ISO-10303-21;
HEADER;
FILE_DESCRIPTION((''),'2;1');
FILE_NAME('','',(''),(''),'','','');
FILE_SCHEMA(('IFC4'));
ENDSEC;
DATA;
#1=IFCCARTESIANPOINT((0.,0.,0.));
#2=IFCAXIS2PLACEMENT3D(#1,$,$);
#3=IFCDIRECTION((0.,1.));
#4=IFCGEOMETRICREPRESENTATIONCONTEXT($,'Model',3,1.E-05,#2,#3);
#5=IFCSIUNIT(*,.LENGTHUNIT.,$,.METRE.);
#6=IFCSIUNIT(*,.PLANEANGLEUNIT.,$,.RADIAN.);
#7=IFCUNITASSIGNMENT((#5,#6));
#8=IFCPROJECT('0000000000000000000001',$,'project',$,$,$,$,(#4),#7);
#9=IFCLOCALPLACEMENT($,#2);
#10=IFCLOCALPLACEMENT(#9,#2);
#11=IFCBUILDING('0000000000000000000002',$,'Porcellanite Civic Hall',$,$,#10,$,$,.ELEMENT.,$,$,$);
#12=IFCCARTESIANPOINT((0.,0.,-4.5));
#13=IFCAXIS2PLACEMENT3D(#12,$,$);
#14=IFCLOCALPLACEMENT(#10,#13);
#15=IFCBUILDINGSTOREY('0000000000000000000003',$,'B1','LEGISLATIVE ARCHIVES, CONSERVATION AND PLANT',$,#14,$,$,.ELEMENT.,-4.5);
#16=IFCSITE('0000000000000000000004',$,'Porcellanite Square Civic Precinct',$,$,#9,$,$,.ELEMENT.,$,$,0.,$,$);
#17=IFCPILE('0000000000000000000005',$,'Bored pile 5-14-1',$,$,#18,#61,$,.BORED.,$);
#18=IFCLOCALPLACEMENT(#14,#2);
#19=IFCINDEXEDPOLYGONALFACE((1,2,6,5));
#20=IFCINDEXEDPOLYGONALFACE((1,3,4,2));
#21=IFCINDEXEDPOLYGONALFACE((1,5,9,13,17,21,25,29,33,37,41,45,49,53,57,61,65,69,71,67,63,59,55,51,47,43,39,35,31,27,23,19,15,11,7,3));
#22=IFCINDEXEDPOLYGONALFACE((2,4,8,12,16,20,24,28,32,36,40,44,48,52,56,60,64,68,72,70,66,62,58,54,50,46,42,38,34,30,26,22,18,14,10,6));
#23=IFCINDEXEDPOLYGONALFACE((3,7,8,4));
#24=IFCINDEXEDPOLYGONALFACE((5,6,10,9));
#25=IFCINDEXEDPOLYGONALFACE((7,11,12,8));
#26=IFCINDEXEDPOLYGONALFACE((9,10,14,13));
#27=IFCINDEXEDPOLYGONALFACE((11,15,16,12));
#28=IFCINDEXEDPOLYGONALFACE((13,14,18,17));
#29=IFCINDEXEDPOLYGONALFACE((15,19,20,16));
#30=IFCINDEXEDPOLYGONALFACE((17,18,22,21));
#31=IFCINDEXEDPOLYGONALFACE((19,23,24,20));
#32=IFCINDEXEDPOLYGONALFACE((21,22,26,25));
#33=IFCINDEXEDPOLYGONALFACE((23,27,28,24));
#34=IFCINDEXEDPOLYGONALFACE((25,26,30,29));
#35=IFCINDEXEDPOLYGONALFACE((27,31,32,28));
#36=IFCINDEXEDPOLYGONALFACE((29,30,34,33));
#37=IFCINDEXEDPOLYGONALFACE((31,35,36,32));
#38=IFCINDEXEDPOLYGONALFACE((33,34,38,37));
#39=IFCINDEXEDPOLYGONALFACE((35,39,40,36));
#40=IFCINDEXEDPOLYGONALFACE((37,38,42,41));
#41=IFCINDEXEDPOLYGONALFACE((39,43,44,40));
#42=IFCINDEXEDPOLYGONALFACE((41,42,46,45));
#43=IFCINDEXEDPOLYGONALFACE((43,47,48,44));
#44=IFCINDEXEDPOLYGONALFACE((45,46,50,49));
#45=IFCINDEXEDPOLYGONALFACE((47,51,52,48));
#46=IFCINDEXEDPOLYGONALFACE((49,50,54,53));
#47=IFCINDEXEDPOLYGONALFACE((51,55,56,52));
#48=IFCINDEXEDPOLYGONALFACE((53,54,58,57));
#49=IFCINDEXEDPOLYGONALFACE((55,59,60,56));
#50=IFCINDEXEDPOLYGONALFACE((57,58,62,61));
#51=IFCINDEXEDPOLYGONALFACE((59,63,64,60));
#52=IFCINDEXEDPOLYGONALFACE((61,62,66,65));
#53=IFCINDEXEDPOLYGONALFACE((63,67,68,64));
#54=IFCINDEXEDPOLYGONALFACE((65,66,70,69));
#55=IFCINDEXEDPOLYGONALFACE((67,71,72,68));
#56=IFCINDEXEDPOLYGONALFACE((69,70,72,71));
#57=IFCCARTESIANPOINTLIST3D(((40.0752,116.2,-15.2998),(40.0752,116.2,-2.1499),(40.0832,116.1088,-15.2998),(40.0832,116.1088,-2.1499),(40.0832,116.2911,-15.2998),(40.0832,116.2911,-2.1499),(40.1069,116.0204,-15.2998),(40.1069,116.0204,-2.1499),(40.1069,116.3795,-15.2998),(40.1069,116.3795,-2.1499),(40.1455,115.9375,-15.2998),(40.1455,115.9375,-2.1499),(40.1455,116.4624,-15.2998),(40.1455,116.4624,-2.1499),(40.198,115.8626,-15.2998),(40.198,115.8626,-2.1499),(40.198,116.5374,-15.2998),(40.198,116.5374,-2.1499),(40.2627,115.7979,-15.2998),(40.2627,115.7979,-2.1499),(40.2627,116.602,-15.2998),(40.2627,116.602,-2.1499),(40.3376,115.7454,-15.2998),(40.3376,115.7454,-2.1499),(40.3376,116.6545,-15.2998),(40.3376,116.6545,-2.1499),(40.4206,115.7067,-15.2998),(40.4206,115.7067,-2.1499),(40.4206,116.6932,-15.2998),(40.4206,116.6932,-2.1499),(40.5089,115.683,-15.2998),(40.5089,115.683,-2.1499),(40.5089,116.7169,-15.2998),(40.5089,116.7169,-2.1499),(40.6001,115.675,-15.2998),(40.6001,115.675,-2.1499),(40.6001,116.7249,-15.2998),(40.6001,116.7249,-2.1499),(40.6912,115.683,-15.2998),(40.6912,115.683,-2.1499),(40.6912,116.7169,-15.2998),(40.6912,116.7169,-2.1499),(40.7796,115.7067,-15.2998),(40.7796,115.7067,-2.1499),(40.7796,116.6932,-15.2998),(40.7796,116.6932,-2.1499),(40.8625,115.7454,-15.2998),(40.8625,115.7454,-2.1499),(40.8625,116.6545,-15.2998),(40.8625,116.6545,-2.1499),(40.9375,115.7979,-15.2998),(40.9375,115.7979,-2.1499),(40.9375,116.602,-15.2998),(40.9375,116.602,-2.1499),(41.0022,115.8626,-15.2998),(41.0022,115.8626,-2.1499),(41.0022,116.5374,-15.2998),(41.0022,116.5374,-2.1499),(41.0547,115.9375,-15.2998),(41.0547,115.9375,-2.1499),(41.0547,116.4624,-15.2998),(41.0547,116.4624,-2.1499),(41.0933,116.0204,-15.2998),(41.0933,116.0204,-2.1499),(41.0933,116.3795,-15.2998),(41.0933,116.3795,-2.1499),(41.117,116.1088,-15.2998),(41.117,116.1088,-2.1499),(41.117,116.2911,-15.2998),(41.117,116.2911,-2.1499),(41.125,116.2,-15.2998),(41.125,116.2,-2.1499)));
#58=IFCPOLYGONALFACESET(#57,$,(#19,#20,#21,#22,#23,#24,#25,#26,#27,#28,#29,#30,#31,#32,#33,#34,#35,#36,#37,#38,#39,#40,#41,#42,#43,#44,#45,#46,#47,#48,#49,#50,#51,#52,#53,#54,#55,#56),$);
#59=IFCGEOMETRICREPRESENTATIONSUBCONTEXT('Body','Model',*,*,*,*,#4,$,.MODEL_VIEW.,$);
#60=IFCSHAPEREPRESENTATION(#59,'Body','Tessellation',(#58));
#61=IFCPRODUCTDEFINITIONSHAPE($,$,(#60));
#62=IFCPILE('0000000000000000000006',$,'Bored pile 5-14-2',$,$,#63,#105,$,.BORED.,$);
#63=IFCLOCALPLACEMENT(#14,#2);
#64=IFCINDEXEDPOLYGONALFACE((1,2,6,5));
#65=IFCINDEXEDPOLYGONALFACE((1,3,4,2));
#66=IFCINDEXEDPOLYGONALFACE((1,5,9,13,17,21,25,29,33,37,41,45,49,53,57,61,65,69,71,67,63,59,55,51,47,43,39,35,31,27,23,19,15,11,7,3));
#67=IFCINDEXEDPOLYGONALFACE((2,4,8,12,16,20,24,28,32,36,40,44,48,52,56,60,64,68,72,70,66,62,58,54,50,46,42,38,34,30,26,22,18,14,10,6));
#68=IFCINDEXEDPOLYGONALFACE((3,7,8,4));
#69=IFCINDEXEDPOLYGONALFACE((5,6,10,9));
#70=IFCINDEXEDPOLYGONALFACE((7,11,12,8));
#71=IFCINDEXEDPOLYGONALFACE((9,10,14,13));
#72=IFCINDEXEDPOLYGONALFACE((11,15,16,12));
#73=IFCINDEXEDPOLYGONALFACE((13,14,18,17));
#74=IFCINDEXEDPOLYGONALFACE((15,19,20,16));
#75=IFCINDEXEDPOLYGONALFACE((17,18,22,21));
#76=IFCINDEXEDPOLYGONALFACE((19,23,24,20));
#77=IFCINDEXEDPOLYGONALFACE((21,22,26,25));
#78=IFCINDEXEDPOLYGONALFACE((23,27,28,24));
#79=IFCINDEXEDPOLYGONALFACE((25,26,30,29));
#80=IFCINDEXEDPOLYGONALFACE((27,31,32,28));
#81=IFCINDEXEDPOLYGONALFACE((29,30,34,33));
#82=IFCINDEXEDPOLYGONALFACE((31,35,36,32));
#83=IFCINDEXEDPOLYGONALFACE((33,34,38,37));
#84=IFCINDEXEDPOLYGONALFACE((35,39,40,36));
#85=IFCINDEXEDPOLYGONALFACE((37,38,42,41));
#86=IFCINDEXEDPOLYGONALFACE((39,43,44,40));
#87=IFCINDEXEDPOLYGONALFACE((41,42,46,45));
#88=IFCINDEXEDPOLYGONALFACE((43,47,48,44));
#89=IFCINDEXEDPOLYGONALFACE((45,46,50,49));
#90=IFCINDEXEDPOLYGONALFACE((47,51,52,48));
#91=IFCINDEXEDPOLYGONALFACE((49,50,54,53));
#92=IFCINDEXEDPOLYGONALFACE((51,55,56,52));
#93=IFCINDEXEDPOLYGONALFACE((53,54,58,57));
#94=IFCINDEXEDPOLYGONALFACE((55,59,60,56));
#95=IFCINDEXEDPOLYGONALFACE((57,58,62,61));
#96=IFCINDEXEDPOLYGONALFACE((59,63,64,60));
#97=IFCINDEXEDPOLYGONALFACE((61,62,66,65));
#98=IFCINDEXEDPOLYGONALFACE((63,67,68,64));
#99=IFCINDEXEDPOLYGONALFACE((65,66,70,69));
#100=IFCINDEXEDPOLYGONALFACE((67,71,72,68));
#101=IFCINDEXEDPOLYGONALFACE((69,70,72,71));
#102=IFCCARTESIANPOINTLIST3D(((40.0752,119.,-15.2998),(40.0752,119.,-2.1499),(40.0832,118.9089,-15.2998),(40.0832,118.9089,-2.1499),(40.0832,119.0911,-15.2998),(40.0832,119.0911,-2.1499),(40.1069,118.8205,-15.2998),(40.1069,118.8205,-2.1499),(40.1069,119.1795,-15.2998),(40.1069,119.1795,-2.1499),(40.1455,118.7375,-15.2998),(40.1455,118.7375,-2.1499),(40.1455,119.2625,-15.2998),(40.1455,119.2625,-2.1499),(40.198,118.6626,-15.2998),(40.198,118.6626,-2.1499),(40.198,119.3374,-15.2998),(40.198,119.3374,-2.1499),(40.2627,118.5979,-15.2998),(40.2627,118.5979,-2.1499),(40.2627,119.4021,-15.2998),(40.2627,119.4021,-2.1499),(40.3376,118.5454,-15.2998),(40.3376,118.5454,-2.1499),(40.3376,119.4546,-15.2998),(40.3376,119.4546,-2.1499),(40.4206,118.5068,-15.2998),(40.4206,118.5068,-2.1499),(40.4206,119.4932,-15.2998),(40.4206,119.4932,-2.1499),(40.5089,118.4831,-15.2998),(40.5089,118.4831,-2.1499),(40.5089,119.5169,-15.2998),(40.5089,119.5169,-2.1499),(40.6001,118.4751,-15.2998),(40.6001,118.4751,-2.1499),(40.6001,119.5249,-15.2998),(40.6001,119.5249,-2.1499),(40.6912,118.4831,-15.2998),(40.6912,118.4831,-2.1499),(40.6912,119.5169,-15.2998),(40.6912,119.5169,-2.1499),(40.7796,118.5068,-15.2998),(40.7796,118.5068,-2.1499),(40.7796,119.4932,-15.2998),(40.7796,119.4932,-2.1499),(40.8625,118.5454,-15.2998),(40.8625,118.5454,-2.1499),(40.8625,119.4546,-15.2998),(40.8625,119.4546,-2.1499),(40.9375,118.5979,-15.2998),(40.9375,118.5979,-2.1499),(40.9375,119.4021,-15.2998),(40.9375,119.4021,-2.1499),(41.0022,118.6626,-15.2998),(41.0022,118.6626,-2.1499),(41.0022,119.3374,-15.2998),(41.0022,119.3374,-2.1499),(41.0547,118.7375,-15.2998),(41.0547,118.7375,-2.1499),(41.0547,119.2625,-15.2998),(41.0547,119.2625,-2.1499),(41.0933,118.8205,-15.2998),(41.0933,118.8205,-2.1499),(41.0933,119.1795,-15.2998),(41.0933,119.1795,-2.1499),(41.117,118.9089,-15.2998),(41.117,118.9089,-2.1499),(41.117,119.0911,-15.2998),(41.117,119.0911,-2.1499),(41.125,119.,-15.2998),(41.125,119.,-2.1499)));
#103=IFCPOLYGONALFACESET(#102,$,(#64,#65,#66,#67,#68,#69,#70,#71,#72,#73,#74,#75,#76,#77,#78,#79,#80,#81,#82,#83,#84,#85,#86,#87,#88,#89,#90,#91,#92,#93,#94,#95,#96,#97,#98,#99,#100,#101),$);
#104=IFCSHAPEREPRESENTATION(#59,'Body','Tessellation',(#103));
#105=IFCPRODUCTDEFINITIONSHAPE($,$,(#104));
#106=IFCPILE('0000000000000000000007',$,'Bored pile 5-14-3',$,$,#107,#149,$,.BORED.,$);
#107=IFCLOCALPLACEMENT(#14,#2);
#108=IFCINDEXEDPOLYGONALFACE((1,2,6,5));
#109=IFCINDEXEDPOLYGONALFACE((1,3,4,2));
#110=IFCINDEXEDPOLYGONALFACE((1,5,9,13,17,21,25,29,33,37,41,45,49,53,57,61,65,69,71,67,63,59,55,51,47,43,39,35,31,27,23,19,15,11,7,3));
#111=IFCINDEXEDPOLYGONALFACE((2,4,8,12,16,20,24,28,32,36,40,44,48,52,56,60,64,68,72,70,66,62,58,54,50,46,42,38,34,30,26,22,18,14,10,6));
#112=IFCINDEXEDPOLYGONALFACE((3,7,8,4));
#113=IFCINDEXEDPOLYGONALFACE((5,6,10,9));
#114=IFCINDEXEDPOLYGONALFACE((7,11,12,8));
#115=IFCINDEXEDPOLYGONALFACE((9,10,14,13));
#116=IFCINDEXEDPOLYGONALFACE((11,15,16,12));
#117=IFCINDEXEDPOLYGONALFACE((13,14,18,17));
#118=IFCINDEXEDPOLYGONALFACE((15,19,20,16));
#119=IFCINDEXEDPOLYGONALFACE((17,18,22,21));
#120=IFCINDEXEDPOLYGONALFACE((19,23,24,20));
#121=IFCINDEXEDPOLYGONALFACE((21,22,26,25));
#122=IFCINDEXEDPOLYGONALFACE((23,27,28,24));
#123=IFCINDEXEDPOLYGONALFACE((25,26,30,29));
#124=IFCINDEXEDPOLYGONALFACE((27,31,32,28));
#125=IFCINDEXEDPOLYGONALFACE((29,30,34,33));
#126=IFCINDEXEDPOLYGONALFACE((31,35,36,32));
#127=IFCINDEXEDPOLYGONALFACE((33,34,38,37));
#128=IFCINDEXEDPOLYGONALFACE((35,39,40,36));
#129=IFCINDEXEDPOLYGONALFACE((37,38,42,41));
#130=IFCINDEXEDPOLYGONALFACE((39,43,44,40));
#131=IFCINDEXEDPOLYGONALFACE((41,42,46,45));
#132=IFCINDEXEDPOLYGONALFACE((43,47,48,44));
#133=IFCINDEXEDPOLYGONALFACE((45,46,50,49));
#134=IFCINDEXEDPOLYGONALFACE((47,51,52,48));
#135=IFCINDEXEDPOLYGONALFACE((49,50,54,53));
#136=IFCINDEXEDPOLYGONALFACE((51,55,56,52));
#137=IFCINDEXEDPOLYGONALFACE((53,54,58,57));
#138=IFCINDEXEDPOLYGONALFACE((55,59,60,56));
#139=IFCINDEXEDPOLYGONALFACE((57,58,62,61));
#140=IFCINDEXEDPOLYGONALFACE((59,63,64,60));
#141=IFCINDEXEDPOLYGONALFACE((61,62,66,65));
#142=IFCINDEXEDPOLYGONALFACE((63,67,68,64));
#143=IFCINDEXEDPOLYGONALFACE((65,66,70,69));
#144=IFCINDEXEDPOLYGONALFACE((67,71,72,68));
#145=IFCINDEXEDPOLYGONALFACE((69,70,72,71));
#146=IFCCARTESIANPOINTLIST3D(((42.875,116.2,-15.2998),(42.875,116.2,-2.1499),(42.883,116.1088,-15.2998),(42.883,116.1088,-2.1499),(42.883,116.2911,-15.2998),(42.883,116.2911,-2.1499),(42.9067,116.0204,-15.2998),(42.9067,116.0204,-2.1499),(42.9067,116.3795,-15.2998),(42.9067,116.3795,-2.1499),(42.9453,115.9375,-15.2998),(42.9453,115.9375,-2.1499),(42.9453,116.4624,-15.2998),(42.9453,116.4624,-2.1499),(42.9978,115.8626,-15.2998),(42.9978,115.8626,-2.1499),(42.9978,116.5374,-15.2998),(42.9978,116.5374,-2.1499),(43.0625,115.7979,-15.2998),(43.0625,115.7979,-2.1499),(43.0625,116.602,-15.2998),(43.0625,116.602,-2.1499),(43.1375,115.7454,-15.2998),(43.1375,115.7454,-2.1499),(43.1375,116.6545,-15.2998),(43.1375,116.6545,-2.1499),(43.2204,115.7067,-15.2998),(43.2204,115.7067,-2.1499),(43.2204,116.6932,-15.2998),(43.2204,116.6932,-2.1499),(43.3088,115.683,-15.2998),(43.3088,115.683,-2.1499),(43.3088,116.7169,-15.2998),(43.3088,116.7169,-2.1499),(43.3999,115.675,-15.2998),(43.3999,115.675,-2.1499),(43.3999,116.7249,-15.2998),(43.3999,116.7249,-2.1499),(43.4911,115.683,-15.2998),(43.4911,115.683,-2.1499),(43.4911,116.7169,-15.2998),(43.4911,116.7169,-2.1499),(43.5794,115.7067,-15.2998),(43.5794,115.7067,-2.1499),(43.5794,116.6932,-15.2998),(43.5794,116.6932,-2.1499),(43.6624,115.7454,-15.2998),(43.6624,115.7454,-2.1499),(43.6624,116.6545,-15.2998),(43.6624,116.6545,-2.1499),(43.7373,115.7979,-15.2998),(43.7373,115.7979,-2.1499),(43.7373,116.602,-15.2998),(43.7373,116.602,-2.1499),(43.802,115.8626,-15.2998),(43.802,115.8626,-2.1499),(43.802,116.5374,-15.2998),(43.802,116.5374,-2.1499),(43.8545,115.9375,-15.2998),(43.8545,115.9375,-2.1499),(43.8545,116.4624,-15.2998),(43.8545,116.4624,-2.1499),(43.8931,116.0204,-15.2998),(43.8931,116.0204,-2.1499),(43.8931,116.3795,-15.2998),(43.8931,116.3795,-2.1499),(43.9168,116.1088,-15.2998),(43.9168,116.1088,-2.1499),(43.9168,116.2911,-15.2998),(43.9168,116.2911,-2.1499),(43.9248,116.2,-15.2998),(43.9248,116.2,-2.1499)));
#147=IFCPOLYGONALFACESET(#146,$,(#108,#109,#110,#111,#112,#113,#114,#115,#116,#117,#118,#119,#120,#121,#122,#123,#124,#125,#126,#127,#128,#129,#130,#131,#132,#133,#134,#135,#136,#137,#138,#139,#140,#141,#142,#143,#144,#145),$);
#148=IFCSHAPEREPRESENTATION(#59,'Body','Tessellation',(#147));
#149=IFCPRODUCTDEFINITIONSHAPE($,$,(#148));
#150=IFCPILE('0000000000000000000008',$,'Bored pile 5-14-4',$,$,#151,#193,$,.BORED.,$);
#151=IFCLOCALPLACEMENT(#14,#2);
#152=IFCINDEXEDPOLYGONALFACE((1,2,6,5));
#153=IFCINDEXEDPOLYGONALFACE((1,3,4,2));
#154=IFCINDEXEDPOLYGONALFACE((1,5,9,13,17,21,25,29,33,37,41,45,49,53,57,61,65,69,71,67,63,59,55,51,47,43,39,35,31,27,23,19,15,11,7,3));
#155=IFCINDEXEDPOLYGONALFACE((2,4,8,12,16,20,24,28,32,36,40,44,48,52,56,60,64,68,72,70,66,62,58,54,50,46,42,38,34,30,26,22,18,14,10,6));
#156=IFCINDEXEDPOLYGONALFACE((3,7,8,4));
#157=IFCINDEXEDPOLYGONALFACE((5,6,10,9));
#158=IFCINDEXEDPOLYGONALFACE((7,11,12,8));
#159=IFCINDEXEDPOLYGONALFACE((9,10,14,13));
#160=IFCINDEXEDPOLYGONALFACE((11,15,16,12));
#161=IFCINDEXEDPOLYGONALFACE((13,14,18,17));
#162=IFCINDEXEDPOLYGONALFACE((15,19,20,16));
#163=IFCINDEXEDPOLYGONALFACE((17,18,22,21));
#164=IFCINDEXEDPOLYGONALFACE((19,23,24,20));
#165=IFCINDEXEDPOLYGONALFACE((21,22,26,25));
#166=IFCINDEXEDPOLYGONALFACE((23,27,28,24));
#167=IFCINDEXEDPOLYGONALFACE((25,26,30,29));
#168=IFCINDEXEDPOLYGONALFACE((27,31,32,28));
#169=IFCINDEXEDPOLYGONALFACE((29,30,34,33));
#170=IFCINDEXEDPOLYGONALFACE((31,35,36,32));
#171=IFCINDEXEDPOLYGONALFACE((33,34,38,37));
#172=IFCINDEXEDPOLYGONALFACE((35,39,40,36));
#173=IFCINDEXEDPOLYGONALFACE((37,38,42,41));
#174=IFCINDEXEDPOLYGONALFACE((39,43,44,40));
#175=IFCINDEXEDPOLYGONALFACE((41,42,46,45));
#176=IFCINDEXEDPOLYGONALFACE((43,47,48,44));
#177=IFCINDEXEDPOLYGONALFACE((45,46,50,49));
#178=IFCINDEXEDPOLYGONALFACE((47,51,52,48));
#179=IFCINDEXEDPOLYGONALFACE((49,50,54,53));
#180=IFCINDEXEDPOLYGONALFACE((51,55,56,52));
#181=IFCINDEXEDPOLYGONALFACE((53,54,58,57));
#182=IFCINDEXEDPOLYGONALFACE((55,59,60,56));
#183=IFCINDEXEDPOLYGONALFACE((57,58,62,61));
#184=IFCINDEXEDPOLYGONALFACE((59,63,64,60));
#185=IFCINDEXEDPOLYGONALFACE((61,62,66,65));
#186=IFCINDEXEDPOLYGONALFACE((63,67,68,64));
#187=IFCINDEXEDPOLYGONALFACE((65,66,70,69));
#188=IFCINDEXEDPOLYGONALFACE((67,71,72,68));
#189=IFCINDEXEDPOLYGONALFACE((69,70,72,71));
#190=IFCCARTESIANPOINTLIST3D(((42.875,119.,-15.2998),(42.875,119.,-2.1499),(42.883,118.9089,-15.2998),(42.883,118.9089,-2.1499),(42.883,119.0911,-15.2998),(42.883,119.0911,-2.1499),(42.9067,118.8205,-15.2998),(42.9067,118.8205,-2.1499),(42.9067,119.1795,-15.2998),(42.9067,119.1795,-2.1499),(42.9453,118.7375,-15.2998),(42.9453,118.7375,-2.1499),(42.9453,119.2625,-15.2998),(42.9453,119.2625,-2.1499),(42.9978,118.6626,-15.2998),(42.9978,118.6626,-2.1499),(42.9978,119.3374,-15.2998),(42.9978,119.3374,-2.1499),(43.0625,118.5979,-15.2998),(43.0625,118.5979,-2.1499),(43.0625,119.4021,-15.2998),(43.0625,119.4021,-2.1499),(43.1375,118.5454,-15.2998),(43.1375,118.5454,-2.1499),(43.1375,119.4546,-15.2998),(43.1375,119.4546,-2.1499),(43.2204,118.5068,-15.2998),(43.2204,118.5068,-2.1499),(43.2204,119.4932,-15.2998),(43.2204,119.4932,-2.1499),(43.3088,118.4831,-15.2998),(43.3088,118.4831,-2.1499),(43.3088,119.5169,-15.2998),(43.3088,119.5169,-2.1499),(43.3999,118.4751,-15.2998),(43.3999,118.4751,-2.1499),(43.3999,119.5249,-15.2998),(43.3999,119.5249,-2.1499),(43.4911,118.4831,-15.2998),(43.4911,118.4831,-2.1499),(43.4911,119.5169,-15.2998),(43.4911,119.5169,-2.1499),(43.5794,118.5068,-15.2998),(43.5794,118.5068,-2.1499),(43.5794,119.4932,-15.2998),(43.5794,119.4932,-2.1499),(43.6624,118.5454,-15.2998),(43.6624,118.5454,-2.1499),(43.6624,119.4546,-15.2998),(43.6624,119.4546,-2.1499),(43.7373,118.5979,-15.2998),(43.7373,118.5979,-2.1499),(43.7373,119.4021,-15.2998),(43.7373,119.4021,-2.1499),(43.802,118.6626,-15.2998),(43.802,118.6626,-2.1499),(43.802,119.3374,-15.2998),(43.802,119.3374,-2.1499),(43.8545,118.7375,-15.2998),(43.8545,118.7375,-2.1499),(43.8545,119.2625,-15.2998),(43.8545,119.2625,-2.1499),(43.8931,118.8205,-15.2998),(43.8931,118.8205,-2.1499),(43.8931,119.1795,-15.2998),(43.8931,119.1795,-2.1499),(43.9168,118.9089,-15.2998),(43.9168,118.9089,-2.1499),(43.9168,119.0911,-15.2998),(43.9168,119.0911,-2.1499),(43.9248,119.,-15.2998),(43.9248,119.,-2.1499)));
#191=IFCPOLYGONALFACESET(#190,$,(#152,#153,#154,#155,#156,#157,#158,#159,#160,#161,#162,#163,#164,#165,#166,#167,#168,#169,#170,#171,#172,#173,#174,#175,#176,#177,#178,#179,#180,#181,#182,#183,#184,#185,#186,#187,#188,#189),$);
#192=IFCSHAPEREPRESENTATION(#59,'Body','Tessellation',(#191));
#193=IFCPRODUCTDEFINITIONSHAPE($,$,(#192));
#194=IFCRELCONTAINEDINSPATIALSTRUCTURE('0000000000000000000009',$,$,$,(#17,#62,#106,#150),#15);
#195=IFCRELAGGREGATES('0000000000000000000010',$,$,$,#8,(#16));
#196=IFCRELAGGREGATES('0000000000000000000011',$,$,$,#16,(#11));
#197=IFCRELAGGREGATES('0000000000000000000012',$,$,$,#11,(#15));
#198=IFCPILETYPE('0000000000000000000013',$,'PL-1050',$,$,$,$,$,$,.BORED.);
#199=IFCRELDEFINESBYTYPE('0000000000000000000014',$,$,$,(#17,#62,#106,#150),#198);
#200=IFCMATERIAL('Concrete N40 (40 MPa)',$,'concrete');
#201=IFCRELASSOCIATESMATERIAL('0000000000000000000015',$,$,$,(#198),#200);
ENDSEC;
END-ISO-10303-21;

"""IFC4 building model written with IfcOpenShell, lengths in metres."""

from ifc_helpers import new_model, si_unit, direction, frame, origin, origin_2d, place, context, subcontext, project, spatial, circle, extrude, material, material_profile, profile_set, type_object, element, save


model = new_model("IFC4")

# Units and contexts
model_context = context("Model", 3, precision=1e-05, world=origin(), true_north=direction((0.0, 1.0)))
body_context = subcontext(model_context, "Body", "Model", "MODEL_VIEW")
ifc_project = project(units=[si_unit("LENGTHUNIT", "METRE"), si_unit("PLANEANGLEUNIT", "RADIAN")], contexts=[model_context])

# Site, building, storey
site_placement = place(None, origin())
site = spatial("IfcSite", under=ifc_project, at=site_placement, Name="Porcellanite Square Civic Precinct", CompositionType="ELEMENT", RefElevation=0.0)
building_placement = place(site_placement, origin())
building = spatial("IfcBuilding", under=site, at=building_placement, Name="Porcellanite Civic Hall", CompositionType="ELEMENT")
storey_placement = place(building_placement, frame((0.0, 0.0, -4.5)))
storey = spatial("IfcBuildingStorey", under=building, at=storey_placement, Name="B1", Description="LEGISLATIVE ARCHIVES, CONSERVATION AND PLANT", CompositionType="ELEMENT", Elevation=-4.5)

# Piles
ifc_material_1 = material(Name="Concrete N40 (40 MPa)", Category="concrete")
ifc_material_profile_1 = material_profile(ifc_material_1, circle(Radius=0.5249, at=origin_2d()), Name="PILE-D1050")
ifc_profile_set_1 = profile_set([ifc_material_profile_1], Name="Concrete N40 (40 MPa)")
pile_type_1 = type_object("IfcPileType", Name="PL-1050", PredefinedType="BORED", material=ifc_profile_set_1)
for number, where, z_axis, x_axis, name in (
    (1, (40.6001, 116.2, -2.1499), (0.0, 0.0, -1.0), (1.0, 0.0, 0.0), "Bored pile 5-14-1"),
    (2, (40.6001, 119.0, -2.1499), (0.0, 0.0, -1.0), (1.0, 0.0, 0.0), "Bored pile 5-14-2"),
    (3, (43.3999, 116.2, -2.1499), (0.0, 0.0, -1.0), (1.0, 0.0, 0.0), "Bored pile 5-14-3"),
    (4, (43.3999, 119.0, -2.1499), (0.0, 0.0, -1.0), (1.0, 0.0, 0.0), "Bored pile 5-14-4"),
):
    element("IfcPile", number, at=place(storey_placement, frame(where, z_axis=z_axis, x_axis=x_axis)), inside=storey, type_object=pile_type_1, Name=name, PredefinedType="BORED", context=body_context, shape_type="SweptSolid", body=[
        extrude(circle(Radius=0.5249, at=origin_2d()), origin(), (0.0, 0.0, 1.0), 13.1499),
    ])

save(model, "model.ifc")
